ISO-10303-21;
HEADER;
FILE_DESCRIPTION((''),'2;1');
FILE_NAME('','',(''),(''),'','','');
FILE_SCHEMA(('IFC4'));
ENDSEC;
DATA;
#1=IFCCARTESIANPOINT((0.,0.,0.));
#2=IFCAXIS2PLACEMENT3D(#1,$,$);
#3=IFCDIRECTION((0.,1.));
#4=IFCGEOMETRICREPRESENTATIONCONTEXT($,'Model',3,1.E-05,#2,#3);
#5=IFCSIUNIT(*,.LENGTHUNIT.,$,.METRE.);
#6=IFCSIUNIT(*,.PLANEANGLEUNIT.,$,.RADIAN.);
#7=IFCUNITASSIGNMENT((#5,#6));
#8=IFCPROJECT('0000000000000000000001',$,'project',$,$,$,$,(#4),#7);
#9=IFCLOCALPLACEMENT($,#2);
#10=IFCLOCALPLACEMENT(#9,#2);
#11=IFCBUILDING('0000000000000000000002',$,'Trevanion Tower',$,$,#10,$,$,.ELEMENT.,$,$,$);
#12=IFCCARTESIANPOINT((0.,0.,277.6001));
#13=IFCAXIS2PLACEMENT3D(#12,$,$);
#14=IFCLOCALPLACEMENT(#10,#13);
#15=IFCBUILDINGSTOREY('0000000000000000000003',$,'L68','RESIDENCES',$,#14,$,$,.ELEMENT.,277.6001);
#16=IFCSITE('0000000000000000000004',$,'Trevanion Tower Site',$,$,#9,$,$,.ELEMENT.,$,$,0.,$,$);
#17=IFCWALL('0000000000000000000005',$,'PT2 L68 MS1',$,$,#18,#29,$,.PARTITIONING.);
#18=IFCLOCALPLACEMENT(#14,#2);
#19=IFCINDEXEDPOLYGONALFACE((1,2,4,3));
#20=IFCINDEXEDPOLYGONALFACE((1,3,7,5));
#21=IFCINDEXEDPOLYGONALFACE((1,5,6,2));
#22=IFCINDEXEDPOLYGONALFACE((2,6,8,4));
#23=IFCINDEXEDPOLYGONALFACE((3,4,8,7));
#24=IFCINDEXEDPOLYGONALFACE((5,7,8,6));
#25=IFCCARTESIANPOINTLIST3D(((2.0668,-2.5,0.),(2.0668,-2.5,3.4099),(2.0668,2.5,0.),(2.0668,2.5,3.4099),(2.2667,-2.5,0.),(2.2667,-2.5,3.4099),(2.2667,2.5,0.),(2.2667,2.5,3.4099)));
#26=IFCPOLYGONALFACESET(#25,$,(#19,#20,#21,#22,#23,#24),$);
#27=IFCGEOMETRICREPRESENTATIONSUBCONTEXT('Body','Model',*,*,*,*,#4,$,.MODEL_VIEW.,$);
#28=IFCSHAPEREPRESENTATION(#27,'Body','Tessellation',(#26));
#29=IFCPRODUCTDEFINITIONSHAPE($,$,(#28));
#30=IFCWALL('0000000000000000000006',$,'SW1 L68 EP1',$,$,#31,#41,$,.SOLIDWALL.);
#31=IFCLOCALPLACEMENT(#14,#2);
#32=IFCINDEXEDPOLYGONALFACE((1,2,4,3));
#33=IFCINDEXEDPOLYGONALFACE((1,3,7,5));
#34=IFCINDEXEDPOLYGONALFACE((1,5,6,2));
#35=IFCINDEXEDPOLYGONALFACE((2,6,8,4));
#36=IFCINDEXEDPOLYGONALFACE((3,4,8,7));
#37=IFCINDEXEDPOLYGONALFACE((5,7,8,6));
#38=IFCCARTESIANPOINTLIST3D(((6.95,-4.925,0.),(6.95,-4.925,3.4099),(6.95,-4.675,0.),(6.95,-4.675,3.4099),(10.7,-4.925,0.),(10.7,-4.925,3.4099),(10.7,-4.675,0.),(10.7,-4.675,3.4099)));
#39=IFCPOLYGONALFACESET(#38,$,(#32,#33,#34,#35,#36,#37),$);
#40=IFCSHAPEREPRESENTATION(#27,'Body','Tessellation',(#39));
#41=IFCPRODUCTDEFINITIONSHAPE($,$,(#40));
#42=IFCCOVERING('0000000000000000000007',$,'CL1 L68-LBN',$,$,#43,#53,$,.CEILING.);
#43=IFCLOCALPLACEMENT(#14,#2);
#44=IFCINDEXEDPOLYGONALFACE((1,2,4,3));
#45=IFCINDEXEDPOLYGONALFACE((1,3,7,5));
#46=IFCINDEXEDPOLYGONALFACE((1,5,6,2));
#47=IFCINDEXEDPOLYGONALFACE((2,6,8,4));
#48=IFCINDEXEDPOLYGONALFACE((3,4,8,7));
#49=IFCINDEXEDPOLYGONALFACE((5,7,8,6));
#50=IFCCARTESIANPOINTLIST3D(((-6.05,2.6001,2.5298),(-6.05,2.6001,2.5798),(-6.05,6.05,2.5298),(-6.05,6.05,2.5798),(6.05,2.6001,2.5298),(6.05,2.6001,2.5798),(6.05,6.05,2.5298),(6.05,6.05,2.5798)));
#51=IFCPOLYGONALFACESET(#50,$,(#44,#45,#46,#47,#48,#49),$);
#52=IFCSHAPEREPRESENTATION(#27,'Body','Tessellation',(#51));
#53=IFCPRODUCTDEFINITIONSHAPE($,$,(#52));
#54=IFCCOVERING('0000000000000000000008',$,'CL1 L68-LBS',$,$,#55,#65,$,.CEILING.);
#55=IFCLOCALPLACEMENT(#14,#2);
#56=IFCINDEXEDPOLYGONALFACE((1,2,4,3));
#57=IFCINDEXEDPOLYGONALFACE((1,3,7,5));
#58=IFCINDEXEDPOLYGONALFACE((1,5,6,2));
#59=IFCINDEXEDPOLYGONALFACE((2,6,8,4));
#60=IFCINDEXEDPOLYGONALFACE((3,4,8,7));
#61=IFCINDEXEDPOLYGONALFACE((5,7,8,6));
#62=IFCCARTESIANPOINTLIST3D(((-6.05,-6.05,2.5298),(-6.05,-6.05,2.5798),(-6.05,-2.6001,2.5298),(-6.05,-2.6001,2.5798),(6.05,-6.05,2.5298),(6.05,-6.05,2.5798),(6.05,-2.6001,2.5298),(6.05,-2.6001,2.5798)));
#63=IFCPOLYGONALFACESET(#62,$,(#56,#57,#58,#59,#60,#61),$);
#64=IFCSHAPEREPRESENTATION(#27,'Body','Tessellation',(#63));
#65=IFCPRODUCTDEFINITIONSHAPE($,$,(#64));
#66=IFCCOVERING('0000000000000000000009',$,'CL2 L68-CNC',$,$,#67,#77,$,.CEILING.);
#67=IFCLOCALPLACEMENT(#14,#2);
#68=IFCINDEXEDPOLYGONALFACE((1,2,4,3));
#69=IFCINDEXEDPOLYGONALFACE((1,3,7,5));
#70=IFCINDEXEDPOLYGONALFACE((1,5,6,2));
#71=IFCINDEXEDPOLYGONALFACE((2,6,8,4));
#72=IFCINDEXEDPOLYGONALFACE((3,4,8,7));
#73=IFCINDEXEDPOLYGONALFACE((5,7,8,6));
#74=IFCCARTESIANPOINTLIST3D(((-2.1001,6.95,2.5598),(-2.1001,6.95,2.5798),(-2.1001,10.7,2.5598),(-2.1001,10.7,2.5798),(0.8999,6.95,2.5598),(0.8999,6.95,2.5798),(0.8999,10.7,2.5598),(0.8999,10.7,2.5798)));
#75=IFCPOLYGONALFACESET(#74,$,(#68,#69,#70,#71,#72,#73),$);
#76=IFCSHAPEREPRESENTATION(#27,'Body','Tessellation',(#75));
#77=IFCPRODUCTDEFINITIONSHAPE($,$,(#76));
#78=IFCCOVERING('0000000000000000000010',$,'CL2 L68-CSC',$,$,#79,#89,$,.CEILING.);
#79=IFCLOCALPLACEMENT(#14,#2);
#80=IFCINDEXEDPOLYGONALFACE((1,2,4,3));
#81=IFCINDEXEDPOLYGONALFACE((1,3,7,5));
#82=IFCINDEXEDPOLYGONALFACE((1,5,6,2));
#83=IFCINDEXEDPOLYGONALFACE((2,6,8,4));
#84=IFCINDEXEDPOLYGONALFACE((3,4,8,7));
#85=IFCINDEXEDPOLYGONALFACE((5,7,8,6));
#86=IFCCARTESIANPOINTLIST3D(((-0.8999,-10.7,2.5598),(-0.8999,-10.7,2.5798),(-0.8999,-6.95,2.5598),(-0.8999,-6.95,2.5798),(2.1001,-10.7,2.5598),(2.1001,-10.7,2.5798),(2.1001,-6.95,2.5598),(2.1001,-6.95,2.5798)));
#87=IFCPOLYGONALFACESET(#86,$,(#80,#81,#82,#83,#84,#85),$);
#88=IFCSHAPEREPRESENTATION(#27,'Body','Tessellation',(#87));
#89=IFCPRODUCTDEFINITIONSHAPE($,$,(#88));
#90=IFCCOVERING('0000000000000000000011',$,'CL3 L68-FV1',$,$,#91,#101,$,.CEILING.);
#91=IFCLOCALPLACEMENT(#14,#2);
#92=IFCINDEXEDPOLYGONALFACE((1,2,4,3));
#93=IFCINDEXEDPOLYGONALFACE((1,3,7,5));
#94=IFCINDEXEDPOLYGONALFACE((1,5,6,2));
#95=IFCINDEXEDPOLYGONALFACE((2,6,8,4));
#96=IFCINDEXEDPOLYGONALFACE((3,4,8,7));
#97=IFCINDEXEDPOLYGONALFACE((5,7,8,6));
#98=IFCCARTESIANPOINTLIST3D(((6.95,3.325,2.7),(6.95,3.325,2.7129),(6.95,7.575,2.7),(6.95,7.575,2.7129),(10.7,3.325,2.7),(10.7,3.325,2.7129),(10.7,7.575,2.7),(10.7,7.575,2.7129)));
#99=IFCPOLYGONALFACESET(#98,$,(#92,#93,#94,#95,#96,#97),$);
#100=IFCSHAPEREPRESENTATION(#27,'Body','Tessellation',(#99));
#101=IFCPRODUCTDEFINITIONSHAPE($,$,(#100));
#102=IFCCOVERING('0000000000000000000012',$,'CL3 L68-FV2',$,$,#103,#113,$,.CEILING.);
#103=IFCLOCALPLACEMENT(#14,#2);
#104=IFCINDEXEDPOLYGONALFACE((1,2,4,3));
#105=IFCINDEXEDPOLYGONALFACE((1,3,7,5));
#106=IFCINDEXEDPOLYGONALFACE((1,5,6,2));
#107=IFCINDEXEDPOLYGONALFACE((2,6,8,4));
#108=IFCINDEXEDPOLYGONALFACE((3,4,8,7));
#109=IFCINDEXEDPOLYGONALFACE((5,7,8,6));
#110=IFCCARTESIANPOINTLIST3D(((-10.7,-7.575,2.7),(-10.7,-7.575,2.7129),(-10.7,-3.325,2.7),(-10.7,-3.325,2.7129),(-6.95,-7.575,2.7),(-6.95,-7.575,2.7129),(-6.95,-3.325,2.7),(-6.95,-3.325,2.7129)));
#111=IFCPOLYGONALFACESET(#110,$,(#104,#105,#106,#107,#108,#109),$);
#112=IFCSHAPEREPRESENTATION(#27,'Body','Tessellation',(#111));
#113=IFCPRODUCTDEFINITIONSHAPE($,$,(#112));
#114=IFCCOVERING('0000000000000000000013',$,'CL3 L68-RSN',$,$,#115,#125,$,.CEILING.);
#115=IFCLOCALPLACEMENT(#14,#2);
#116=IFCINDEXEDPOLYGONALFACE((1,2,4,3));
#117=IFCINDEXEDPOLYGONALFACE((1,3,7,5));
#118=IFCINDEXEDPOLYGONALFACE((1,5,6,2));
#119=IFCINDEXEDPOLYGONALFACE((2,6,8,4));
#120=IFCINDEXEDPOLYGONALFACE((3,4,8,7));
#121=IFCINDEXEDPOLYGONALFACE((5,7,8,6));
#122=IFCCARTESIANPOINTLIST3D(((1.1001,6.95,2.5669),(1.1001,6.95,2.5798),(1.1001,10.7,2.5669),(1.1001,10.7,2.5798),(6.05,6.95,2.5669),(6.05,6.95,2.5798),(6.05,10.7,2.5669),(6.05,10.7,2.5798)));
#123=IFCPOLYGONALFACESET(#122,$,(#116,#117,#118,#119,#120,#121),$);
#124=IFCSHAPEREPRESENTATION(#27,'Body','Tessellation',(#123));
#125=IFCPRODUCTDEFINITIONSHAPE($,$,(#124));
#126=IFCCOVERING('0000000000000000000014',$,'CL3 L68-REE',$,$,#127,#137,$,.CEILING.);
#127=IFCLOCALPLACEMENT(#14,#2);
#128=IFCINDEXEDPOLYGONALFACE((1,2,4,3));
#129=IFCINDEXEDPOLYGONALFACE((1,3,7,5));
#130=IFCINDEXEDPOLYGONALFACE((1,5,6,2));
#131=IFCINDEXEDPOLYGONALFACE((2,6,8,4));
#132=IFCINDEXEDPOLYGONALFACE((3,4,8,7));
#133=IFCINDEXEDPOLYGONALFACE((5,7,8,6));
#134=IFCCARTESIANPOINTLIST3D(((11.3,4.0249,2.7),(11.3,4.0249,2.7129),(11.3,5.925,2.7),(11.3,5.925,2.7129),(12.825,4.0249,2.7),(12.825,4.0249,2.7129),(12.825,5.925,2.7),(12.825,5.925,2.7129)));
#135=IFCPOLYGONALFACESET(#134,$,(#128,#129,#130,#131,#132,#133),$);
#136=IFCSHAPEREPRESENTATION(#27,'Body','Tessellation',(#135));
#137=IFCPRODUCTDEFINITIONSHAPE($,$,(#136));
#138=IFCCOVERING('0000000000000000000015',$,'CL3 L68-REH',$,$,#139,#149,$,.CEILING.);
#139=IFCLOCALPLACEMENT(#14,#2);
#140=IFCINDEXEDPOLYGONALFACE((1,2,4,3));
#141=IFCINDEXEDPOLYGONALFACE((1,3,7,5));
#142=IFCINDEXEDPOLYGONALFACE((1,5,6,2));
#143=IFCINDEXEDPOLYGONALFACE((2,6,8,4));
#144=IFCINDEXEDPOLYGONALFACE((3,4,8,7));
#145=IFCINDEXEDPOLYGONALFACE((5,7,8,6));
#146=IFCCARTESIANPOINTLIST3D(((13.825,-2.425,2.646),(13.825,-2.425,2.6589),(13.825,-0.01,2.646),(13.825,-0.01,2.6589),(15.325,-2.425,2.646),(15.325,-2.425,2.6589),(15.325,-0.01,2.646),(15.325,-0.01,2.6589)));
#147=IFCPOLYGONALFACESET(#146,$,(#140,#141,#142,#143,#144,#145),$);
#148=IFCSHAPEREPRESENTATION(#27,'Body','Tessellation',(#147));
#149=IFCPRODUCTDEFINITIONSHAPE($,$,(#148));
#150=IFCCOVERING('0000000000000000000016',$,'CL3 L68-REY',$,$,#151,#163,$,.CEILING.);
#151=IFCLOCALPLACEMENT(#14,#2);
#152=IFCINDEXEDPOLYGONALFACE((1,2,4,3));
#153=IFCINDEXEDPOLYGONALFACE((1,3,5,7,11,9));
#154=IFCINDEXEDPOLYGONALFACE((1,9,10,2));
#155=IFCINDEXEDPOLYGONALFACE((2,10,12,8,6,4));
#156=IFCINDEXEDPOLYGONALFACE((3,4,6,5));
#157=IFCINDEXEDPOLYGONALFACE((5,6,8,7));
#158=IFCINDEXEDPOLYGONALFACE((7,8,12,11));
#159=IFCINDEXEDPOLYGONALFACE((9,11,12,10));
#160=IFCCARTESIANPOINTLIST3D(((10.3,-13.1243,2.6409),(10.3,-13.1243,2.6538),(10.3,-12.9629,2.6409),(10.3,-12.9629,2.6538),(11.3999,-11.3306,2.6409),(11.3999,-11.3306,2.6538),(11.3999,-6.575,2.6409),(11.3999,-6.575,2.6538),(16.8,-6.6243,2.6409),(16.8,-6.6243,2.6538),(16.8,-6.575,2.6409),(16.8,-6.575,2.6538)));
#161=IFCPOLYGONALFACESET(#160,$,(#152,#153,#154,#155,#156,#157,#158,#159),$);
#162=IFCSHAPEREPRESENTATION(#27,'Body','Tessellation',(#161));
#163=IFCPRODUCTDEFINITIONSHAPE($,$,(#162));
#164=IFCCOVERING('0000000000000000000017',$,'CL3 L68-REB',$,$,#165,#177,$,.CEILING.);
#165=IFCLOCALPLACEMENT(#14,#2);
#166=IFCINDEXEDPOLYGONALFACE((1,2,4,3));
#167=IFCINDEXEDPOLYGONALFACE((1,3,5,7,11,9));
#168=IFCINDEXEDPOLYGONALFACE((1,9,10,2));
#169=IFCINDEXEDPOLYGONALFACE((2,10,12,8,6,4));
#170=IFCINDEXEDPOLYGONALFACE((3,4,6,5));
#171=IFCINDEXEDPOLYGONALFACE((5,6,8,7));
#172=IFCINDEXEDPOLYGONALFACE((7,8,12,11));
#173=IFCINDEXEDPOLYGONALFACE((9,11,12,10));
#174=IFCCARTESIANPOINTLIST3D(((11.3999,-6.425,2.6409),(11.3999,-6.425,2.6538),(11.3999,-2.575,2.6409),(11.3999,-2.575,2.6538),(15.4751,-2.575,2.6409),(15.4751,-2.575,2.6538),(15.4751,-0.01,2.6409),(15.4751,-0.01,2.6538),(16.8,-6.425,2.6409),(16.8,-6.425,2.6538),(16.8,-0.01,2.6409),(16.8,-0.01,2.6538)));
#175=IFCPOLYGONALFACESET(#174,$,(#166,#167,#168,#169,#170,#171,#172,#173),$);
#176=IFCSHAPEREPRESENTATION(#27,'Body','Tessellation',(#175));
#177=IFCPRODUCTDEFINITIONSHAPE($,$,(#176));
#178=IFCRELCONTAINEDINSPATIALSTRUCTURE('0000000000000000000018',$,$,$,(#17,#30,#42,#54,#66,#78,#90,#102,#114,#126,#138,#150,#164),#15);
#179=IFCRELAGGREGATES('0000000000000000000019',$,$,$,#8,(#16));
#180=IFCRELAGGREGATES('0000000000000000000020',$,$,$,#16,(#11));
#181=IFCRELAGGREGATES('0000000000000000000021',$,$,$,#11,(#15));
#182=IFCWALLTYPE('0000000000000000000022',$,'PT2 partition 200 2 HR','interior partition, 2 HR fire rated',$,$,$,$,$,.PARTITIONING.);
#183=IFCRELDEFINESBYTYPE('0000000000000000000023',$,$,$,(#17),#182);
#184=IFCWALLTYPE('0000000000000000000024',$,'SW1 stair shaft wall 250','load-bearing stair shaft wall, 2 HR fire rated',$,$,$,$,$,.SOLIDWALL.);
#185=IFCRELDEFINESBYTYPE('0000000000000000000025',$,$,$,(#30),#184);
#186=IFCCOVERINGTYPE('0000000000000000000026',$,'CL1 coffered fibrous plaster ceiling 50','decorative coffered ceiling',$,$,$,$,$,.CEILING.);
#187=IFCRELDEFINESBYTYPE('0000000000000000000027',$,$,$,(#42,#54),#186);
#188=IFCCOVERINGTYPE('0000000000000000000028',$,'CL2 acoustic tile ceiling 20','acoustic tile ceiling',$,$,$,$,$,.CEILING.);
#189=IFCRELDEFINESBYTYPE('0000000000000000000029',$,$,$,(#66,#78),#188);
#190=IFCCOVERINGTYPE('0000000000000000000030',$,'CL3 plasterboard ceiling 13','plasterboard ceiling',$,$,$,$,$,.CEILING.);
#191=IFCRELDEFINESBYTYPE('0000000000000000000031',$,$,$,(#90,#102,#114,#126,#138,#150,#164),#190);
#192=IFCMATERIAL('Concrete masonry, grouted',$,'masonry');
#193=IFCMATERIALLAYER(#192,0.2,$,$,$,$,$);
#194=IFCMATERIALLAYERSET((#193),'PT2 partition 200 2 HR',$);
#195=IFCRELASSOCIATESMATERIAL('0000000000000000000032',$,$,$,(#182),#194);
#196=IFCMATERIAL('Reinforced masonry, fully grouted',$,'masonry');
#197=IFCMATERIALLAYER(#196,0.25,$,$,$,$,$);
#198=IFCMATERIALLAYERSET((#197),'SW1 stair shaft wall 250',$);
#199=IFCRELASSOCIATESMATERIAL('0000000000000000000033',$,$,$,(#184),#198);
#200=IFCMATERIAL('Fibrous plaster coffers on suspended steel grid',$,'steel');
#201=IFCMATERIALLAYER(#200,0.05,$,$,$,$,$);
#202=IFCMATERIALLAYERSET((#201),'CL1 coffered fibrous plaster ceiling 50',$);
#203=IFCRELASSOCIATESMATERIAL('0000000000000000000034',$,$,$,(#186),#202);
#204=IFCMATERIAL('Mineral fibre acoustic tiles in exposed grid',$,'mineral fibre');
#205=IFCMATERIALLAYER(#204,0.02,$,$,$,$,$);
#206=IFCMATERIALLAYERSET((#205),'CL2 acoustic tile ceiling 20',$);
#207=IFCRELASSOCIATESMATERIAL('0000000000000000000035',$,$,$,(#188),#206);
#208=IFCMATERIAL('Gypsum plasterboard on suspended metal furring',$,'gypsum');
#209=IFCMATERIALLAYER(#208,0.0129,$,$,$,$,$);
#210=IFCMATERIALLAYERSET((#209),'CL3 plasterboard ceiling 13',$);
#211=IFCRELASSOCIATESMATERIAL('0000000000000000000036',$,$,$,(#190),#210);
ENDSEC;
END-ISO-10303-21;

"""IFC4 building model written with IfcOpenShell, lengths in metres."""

from ifc_helpers import new_model, si_unit, direction, frame, frame_2d, origin, place, context, subcontext, project, spatial, polyline, rectangle, outline, extrude, material, layer, layer_set, type_object, element, save


model = new_model("IFC4")

# Units and contexts
model_context = context("Model", 3, precision=1e-05, world=origin(), true_north=direction((0.0, 1.0)))
body_context = subcontext(model_context, "Body", "Model", "MODEL_VIEW")
ifc_project = project(units=[si_unit("LENGTHUNIT", "METRE"), si_unit("PLANEANGLEUNIT", "RADIAN")], contexts=[model_context])

# Site, building, storey
site_placement = place(None, origin())
site = spatial("IfcSite", under=ifc_project, at=site_placement, Name="Trevanion Tower Site", CompositionType="ELEMENT", RefElevation=0.0)
building_placement = place(site_placement, origin())
building = spatial("IfcBuilding", under=site, at=building_placement, Name="Trevanion Tower", CompositionType="ELEMENT")
storey_placement = place(building_placement, frame((0.0, 0.0, 277.6001)))
storey = spatial("IfcBuildingStorey", under=building, at=storey_placement, Name="L68", Description="RESIDENCES", CompositionType="ELEMENT", Elevation=277.6001)

# Walls
ifc_material_1 = material(Name="Concrete masonry, grouted", Category="masonry")
ifc_layer_1 = layer(ifc_material_1, 0.2)
ifc_layer_set_1 = layer_set([ifc_layer_1], Name="PT2 partition 200 2 HR")
wall_type_1 = type_object("IfcWallType", Name="PT2 partition 200 2 HR", Description="interior partition, 2 HR fire rated", PredefinedType="PARTITIONING", material=ifc_layer_set_1)
wall_1_placement = place(storey_placement, frame((2.1667, -2.5, 0.0), z_axis=(0.0, 0.0, 1.0), x_axis=(0.0, 1.0, 0.0)))
element("IfcWall", 1, at=wall_1_placement, inside=storey, type_object=wall_type_1, Name="PT2 L68 MS1", PredefinedType="PARTITIONING", context=body_context, shape_type="SweptSolid", body=[
    extrude(rectangle(XDim=5.0, YDim=0.2, at=frame_2d((2.5, 0.0))), origin(), (0.0, 0.0, 1.0), 3.4099),
])
ifc_material_2 = material(Name="Reinforced masonry, fully grouted", Category="masonry")
ifc_layer_2 = layer(ifc_material_2, 0.25)
ifc_layer_set_2 = layer_set([ifc_layer_2], Name="SW1 stair shaft wall 250")
wall_type_2 = type_object("IfcWallType", Name="SW1 stair shaft wall 250", Description="load-bearing stair shaft wall, 2 HR fire rated", PredefinedType="SOLIDWALL", material=ifc_layer_set_2)
wall_2_placement = place(storey_placement, frame((6.95, -4.8, 0.0), z_axis=(0.0, 0.0, 1.0), x_axis=(1.0, 0.0, 0.0)))
element("IfcWall", 2, at=wall_2_placement, inside=storey, type_object=wall_type_2, Name="SW1 L68 EP1", PredefinedType="SOLIDWALL", context=body_context, shape_type="SweptSolid", body=[
    extrude(rectangle(XDim=3.75, YDim=0.25, at=frame_2d((1.875, 0.0))), origin(), (0.0, 0.0, 1.0), 3.4099),
])

# Coverings
ifc_material_3 = material(Name="Fibrous plaster coffers on suspended steel grid", Category="steel")
ifc_layer_3 = layer(ifc_material_3, 0.05)
ifc_layer_set_3 = layer_set([ifc_layer_3], Name="CL1 coffered fibrous plaster ceiling 50")
covering_type_1 = type_object("IfcCoveringType", Name="CL1 coffered fibrous plaster ceiling 50", Description="decorative coffered ceiling", PredefinedType="CEILING", material=ifc_layer_set_3)
covering_1_placement = place(storey_placement, frame((0.0, 0.0, 2.5298)))
element("IfcCovering", 3, at=covering_1_placement, inside=storey, type_object=covering_type_1, Name="CL1 L68-LBN", PredefinedType="CEILING", context=body_context, shape_type="SweptSolid", body=[
    extrude(outline(polyline([(6.05, 2.6001), (6.05, 6.05), (-6.05, 6.05), (-6.05, 2.6001), (6.05, 2.6001)])), origin(), (0.0, 0.0, 1.0), 0.05),
])
covering_2_placement = place(storey_placement, frame((0.0, 0.0, 2.5298)))
element("IfcCovering", 4, at=covering_2_placement, inside=storey, type_object=covering_type_1, Name="CL1 L68-LBS", PredefinedType="CEILING", context=body_context, shape_type="SweptSolid", body=[
    extrude(outline(polyline([(6.05, -6.05), (6.05, -2.6001), (-6.05, -2.6001), (-6.05, -6.05), (6.05, -6.05)])), origin(), (0.0, 0.0, 1.0), 0.05),
])
ifc_material_4 = material(Name="Mineral fibre acoustic tiles in exposed grid", Category="mineral fibre")
ifc_layer_4 = layer(ifc_material_4, 0.02)
ifc_layer_set_4 = layer_set([ifc_layer_4], Name="CL2 acoustic tile ceiling 20")
covering_type_2 = type_object("IfcCoveringType", Name="CL2 acoustic tile ceiling 20", Description="acoustic tile ceiling", PredefinedType="CEILING", material=ifc_layer_set_4)
covering_3_placement = place(storey_placement, frame((0.0, 0.0, 2.5598)))
element("IfcCovering", 5, at=covering_3_placement, inside=storey, type_object=covering_type_2, Name="CL2 L68-CNC", PredefinedType="CEILING", context=body_context, shape_type="SweptSolid", body=[
    extrude(outline(polyline([(0.8999, 6.95), (0.8999, 10.7), (-2.1001, 10.7), (-2.1001, 6.95), (0.8999, 6.95)])), origin(), (0.0, 0.0, 1.0), 0.02),
])
covering_4_placement = place(storey_placement, frame((0.0, 0.0, 2.5598)))
element("IfcCovering", 6, at=covering_4_placement, inside=storey, type_object=covering_type_2, Name="CL2 L68-CSC", PredefinedType="CEILING", context=body_context, shape_type="SweptSolid", body=[
    extrude(outline(polyline([(2.1001, -10.7), (2.1001, -6.95), (-0.8999, -6.95), (-0.8999, -10.7), (2.1001, -10.7)])), origin(), (0.0, 0.0, 1.0), 0.02),
])
ifc_material_5 = material(Name="Gypsum plasterboard on suspended metal furring", Category="gypsum")
ifc_layer_5 = layer(ifc_material_5, 0.0129)
ifc_layer_set_5 = layer_set([ifc_layer_5], Name="CL3 plasterboard ceiling 13")
covering_type_3 = type_object("IfcCoveringType", Name="CL3 plasterboard ceiling 13", Description="plasterboard ceiling", PredefinedType="CEILING", material=ifc_layer_set_5)
covering_5_placement = place(storey_placement, frame((0.0, 0.0, 2.7)))
element("IfcCovering", 7, at=covering_5_placement, inside=storey, type_object=covering_type_3, Name="CL3 L68-FV1", PredefinedType="CEILING", context=body_context, shape_type="SweptSolid", body=[
    extrude(outline(polyline([(10.7, 3.325), (10.7, 7.575), (6.95, 7.575), (6.95, 3.325), (10.7, 3.325)])), origin(), (0.0, 0.0, 1.0), 0.0129),
])
covering_6_placement = place(storey_placement, frame((0.0, 0.0, 2.7)))
element("IfcCovering", 8, at=covering_6_placement, inside=storey, type_object=covering_type_3, Name="CL3 L68-FV2", PredefinedType="CEILING", context=body_context, shape_type="SweptSolid", body=[
    extrude(outline(polyline([(-10.7, -3.325), (-10.7, -7.575), (-6.95, -7.575), (-6.95, -3.325), (-10.7, -3.325)])), origin(), (0.0, 0.0, 1.0), 0.0129),
])
covering_7_placement = place(storey_placement, frame((0.0, 0.0, 2.5669)))
element("IfcCovering", 9, at=covering_7_placement, inside=storey, type_object=covering_type_3, Name="CL3 L68-RSN", PredefinedType="CEILING", context=body_context, shape_type="SweptSolid", body=[
    extrude(outline(polyline([(6.05, 6.95), (6.05, 10.7), (1.1001, 10.7), (1.1001, 6.95), (6.05, 6.95)])), origin(), (0.0, 0.0, 1.0), 0.0129),
])
covering_8_placement = place(storey_placement, frame((0.0, 0.0, 2.7)))
element("IfcCovering", 10, at=covering_8_placement, inside=storey, type_object=covering_type_3, Name="CL3 L68-REE", PredefinedType="CEILING", context=body_context, shape_type="SweptSolid", body=[
    extrude(outline(polyline([(12.825, 4.0249), (12.825, 5.925), (11.3, 5.925), (11.3, 4.0249), (12.825, 4.0249)])), origin(), (0.0, 0.0, 1.0), 0.0129),
])
covering_9_placement = place(storey_placement, frame((0.0, 0.0, 2.646)))
element("IfcCovering", 11, at=covering_9_placement, inside=storey, type_object=covering_type_3, Name="CL3 L68-REH", PredefinedType="CEILING", context=body_context, shape_type="SweptSolid", body=[
    extrude(outline(polyline([(15.325, -2.425), (15.325, -0.01), (13.825, -0.01), (13.825, -2.425), (15.325, -2.425)])), origin(), (0.0, 0.0, 1.0), 0.0129),
])
covering_10_placement = place(storey_placement, frame((0.0, 0.0, 2.6409)))
element("IfcCovering", 12, at=covering_10_placement, inside=storey, type_object=covering_type_3, Name="CL3 L68-REY", PredefinedType="CEILING", context=body_context, shape_type="SweptSolid", body=[
    extrude(outline(polyline([(10.3, -13.1243), (10.3, -12.9629), (11.3999, -11.3306), (11.3999, -6.575), (16.8, -6.575), (16.8, -6.6243), (10.3, -13.1243)])), origin(), (0.0, 0.0, 1.0), 0.0129),
])
covering_11_placement = place(storey_placement, frame((0.0, 0.0, 2.6409)))
element("IfcCovering", 13, at=covering_11_placement, inside=storey, type_object=covering_type_3, Name="CL3 L68-REB", PredefinedType="CEILING", context=body_context, shape_type="SweptSolid", body=[
    extrude(outline(polyline([(11.3999, -6.425), (11.3999, -2.575), (15.4751, -2.575), (15.4751, -0.01), (16.8, -0.01), (16.8, -6.425), (11.3999, -6.425)])), origin(), (0.0, 0.0, 1.0), 0.0129),
])

save(model, "model.ifc")
